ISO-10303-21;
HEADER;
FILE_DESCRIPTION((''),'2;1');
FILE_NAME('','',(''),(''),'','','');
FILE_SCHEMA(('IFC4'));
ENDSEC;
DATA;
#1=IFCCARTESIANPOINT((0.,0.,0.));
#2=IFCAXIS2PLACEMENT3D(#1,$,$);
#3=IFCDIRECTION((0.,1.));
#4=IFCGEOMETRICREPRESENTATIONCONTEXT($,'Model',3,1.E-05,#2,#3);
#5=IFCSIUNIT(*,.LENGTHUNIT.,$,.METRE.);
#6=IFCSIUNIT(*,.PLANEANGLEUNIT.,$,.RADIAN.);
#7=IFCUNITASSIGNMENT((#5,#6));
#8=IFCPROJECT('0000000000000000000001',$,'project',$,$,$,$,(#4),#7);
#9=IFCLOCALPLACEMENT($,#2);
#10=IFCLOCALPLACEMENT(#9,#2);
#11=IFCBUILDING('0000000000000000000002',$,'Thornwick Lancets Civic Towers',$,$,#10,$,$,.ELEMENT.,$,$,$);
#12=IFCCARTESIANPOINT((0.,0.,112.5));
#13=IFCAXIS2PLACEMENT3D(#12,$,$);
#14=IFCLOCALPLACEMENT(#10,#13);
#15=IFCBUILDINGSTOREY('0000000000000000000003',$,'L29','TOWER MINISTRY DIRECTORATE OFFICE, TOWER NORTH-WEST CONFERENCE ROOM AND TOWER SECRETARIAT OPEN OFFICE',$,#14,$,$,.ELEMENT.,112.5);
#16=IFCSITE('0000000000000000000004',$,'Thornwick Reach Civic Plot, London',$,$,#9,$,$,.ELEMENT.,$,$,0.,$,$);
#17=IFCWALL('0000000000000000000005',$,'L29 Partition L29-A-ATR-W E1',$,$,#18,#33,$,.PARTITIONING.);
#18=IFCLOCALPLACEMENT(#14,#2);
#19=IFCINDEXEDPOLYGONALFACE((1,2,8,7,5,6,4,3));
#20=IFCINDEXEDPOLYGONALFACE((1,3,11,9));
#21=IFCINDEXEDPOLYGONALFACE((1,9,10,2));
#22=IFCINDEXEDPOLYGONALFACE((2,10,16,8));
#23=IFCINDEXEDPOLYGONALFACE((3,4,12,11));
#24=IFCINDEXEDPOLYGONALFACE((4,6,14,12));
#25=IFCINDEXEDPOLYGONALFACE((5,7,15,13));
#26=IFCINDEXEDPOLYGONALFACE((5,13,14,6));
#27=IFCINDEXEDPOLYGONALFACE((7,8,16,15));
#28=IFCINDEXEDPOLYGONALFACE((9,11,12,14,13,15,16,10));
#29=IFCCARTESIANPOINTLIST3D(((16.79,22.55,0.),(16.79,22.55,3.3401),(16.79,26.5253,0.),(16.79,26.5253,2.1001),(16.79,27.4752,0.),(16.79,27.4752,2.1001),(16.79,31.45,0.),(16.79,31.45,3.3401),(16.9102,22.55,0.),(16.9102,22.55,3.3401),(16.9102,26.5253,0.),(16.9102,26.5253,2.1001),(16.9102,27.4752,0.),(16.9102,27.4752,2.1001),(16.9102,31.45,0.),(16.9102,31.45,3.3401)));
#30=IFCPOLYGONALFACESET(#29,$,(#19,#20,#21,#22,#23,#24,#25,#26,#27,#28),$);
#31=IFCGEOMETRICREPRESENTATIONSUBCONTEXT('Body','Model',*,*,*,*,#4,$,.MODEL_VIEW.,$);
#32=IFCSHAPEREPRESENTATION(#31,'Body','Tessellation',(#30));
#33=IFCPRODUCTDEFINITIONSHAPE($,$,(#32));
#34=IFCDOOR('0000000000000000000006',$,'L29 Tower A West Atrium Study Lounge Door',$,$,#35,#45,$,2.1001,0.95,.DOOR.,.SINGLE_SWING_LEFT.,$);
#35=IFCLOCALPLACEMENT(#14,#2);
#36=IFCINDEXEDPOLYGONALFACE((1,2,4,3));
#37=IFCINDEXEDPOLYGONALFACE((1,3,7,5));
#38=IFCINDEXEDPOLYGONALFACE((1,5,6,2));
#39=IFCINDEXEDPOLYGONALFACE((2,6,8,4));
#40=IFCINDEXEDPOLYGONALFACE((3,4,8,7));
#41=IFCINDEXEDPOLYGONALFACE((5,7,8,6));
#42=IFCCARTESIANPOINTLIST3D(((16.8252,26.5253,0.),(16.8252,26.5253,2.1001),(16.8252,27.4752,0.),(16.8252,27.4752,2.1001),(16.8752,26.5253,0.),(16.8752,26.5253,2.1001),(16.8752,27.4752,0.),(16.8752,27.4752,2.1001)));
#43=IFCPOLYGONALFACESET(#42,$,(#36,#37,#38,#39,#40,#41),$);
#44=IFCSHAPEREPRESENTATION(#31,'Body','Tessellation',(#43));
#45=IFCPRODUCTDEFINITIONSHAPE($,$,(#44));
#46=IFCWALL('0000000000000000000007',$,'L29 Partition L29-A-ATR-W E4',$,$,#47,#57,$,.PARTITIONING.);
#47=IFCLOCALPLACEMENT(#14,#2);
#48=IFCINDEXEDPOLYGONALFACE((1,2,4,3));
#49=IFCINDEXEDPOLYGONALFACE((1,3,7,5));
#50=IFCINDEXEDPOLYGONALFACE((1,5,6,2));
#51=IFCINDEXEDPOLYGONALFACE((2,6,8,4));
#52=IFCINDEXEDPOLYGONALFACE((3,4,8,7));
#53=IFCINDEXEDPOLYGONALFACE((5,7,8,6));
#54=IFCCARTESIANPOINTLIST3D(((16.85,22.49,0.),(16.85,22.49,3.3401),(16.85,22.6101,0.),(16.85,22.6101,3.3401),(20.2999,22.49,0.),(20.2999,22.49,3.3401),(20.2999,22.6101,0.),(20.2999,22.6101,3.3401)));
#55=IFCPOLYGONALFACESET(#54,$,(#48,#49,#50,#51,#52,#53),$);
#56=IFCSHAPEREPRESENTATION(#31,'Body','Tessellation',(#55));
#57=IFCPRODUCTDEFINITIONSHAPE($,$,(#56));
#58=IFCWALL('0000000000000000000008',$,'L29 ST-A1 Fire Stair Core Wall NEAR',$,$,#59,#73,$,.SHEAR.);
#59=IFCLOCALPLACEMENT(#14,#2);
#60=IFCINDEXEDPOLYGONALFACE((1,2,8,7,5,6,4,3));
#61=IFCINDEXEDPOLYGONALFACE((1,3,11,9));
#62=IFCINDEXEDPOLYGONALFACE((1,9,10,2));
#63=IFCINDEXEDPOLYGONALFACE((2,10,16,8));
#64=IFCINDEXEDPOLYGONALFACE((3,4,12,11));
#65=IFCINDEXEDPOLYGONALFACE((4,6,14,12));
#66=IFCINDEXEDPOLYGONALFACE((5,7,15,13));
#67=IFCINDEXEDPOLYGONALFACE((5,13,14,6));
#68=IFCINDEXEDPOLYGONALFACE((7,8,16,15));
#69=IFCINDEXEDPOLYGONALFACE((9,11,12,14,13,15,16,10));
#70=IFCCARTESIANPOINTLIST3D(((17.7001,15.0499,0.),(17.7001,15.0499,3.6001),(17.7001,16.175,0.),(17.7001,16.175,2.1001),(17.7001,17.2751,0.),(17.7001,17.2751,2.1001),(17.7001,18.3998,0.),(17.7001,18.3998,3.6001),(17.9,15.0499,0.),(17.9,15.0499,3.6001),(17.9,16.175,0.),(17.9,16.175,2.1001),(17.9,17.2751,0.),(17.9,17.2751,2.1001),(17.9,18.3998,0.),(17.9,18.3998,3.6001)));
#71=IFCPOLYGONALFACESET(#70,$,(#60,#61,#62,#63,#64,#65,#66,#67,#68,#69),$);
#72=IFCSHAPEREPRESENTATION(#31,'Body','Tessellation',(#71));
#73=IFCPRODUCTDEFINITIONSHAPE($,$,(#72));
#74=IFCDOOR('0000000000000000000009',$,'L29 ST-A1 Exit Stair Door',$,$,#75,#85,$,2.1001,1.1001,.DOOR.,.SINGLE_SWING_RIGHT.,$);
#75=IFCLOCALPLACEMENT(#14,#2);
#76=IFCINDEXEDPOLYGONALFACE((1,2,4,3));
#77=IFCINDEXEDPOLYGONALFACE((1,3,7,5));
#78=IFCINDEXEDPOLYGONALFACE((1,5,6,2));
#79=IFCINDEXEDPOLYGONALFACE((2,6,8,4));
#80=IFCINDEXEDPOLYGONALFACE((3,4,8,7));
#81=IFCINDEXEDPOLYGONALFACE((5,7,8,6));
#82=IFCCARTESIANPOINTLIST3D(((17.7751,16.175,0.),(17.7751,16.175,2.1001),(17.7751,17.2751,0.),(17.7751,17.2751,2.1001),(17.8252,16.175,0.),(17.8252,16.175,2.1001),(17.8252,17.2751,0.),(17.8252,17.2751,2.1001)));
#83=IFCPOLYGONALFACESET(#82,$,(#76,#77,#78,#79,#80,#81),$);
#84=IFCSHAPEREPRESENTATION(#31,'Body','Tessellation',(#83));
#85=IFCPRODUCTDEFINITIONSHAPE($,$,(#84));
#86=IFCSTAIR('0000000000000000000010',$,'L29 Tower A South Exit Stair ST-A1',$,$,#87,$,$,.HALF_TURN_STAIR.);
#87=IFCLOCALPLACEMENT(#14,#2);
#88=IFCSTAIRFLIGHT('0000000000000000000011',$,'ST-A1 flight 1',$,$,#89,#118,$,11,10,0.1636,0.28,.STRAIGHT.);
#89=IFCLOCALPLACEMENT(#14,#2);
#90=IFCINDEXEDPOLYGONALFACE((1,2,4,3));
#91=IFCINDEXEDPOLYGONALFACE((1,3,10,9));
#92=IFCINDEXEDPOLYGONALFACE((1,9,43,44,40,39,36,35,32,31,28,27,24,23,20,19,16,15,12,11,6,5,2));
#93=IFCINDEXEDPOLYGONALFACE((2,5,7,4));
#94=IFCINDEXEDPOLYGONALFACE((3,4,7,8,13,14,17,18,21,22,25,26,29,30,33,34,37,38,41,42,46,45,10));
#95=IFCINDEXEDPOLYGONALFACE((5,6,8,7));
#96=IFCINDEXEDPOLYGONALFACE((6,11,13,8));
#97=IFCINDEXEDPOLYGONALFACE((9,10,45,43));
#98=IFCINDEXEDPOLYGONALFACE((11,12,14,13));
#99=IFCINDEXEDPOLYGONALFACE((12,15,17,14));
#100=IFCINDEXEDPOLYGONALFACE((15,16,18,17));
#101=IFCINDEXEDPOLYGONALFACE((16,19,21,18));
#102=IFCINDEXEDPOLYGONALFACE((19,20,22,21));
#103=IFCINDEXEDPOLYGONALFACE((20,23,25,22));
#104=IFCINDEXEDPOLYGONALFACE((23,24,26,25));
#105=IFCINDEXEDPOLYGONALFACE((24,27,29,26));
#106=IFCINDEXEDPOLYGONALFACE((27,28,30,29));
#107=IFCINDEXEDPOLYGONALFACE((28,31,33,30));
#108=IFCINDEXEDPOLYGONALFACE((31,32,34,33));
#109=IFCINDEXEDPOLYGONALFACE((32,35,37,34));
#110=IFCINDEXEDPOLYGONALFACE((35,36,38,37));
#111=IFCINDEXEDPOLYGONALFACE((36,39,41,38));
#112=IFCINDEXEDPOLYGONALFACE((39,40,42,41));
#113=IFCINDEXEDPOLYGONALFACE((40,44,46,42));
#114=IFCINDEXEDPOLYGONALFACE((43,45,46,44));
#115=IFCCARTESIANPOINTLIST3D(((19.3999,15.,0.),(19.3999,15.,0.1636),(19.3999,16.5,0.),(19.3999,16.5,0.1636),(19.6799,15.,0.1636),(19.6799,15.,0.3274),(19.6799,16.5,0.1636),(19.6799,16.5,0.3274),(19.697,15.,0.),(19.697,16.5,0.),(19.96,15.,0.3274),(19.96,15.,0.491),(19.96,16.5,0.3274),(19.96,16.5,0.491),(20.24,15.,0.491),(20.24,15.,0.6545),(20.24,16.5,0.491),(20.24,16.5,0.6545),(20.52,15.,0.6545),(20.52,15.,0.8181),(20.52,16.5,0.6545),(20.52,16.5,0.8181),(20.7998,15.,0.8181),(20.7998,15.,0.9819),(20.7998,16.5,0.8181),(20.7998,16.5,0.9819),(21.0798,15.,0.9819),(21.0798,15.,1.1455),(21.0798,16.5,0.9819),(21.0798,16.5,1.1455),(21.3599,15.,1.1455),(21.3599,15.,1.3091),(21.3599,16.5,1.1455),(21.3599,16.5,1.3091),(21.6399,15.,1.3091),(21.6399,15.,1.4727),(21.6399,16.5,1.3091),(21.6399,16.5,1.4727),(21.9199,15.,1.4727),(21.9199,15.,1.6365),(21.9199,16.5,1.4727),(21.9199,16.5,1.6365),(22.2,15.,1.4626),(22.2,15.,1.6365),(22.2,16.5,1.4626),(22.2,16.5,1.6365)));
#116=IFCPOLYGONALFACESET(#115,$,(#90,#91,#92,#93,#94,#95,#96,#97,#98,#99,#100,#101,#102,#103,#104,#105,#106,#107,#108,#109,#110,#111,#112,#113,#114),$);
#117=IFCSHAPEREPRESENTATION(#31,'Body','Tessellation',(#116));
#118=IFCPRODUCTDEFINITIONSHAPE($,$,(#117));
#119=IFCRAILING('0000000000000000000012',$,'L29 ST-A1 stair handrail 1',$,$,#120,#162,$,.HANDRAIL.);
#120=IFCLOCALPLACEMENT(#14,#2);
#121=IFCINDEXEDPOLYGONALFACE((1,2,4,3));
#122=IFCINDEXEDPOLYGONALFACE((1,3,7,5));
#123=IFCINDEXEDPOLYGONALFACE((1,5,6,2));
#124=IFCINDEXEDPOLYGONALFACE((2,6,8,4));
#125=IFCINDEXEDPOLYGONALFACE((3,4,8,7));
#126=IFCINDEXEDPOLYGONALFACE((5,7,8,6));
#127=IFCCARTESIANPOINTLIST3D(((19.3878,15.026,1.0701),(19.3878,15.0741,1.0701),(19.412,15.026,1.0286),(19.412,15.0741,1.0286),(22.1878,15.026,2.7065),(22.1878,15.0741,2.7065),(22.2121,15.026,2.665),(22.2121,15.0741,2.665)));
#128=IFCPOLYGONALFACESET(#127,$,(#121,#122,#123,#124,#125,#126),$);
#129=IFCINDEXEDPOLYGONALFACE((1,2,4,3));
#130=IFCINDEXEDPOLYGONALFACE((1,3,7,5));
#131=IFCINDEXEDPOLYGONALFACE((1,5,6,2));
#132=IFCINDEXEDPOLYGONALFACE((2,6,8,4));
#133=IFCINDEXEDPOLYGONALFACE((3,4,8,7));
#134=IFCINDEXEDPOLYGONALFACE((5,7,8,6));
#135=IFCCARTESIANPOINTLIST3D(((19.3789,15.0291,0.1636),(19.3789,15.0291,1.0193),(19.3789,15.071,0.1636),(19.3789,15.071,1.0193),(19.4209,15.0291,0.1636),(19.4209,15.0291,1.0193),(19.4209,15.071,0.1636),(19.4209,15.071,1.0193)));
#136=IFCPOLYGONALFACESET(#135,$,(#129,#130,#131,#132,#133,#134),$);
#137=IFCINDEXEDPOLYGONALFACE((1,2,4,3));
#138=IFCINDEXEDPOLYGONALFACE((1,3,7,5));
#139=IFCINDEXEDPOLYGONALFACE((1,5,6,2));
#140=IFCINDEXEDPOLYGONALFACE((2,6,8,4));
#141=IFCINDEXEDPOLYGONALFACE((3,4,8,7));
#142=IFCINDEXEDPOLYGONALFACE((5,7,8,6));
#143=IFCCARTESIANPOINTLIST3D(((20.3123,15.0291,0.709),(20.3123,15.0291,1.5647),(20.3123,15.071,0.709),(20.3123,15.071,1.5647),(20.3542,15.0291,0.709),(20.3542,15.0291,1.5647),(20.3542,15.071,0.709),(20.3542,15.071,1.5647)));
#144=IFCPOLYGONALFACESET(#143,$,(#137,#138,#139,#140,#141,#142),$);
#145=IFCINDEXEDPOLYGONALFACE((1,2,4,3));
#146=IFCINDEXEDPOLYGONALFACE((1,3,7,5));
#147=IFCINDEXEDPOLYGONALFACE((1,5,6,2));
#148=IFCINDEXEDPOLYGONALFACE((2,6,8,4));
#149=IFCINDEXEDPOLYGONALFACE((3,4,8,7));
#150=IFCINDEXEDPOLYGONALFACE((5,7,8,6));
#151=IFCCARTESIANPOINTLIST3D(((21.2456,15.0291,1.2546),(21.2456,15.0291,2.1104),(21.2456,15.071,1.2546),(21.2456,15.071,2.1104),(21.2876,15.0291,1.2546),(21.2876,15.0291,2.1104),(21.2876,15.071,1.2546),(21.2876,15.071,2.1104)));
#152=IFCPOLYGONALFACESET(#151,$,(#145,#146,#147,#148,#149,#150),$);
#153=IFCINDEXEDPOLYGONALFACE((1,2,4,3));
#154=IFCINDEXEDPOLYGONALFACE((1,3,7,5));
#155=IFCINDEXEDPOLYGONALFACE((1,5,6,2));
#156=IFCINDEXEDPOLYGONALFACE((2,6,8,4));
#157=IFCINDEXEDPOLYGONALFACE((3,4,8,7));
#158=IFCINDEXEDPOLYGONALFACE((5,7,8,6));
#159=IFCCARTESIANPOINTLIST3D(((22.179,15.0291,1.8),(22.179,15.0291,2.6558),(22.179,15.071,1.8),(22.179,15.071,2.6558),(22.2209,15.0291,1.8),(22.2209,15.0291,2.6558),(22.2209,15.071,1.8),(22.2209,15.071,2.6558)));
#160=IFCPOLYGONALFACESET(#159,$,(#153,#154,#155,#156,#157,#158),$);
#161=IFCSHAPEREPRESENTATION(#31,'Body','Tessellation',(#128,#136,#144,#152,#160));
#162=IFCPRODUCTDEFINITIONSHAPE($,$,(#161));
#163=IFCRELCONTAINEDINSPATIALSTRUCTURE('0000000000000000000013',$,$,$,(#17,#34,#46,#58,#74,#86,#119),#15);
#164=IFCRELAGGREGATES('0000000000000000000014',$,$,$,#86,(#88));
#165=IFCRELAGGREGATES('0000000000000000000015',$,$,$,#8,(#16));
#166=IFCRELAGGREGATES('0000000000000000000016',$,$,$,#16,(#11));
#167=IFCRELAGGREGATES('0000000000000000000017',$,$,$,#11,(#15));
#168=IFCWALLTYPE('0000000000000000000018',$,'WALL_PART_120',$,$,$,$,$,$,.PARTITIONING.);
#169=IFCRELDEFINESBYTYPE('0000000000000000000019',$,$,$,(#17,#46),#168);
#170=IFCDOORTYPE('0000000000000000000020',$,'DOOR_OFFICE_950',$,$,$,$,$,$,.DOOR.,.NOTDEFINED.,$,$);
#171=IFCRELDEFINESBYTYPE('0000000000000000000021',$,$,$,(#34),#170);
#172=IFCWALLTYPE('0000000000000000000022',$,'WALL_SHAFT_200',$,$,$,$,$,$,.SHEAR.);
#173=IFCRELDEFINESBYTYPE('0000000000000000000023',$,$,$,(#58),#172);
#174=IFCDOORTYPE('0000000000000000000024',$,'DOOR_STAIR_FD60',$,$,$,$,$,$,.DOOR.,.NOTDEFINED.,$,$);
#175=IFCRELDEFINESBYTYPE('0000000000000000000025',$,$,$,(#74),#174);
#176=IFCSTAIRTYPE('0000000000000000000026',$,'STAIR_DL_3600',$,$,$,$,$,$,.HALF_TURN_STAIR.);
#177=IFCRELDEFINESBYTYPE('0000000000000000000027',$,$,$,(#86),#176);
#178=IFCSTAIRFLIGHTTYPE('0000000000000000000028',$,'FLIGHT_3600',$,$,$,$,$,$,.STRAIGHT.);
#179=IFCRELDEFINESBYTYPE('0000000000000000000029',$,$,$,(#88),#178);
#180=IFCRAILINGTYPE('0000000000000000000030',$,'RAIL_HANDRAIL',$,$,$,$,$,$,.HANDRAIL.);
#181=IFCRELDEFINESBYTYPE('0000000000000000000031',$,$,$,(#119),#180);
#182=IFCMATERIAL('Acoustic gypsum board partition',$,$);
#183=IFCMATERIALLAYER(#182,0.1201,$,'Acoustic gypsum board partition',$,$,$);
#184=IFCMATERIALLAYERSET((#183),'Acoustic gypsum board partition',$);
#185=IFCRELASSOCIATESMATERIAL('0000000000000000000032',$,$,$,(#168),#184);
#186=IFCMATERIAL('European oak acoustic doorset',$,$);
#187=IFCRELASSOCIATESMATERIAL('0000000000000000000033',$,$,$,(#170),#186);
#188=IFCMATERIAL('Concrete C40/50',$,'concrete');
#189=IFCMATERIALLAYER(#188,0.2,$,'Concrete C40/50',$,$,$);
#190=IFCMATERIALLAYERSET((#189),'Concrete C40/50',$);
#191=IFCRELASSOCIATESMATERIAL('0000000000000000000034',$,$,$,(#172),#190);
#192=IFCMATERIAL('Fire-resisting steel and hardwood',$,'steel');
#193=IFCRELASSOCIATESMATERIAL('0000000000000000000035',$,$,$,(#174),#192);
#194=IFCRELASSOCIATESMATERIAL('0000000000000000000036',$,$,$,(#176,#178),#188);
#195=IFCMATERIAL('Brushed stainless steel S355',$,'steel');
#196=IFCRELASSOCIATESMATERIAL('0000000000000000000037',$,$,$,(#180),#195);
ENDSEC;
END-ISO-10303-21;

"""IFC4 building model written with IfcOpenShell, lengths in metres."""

from ifc_helpers import new_model, si_unit, direction, frame, frame_2d, origin, origin_2d, place, context, subcontext, project, spatial, polyline, rectangle, outline, extrude, material, layer, layer_set, type_object, element, fill, aggregate, save


model = new_model("IFC4")

# Units and contexts
model_context = context("Model", 3, precision=1e-05, world=origin(), true_north=direction((0.0, 1.0)))
body_context = subcontext(model_context, "Body", "Model", "MODEL_VIEW")
ifc_project = project(units=[si_unit("LENGTHUNIT", "METRE"), si_unit("PLANEANGLEUNIT", "RADIAN")], contexts=[model_context])

# Site, building, storey
site_placement = place(None, origin())
site = spatial("IfcSite", under=ifc_project, at=site_placement, Name="Thornwick Reach Civic Plot, London", CompositionType="ELEMENT", RefElevation=0.0)
building_placement = place(site_placement, origin())
building = spatial("IfcBuilding", under=site, at=building_placement, Name="Thornwick Lancets Civic Towers", CompositionType="ELEMENT")
storey_placement = place(building_placement, frame((0.0, 0.0, 112.5)))
storey = spatial("IfcBuildingStorey", under=building, at=storey_placement, Name="L29", Description="TOWER MINISTRY DIRECTORATE OFFICE, TOWER NORTH-WEST CONFERENCE ROOM AND TOWER SECRETARIAT OPEN OFFICE", CompositionType="ELEMENT", Elevation=112.5)

# Shared definitions
ifc_material_1 = material(Name="Acoustic gypsum board partition")
ifc_layer_1 = layer(ifc_material_1, 0.1201, Name="Acoustic gypsum board partition")
ifc_layer_set_1 = layer_set([ifc_layer_1], Name="Acoustic gypsum board partition")
wall_type_1 = type_object("IfcWallType", Name="WALL_PART_120", PredefinedType="PARTITIONING", material=ifc_layer_set_1)

# Wall, opening, door
wall_1_placement = place(storey_placement, frame((16.8501, 22.55, 0.0), z_axis=(0.0, 0.0, 1.0), x_axis=(0.0, 1.0, 0.0)))
wall_1 = element("IfcWall", 1, at=wall_1_placement, inside=storey, type_object=wall_type_1, Name="L29 Partition L29-A-ATR-W E1", PredefinedType="PARTITIONING", context=body_context, shape_type="SweptSolid", body=[
    extrude(rectangle(XDim=8.8999, YDim=0.1201, at=frame_2d((4.45, 0.0))), origin(), (0.0, 0.0, 1.0), 3.3401),
])
opening_1_placement = place(wall_1_placement, frame((3.9751, 0.0, 0.0)))
opening_1 = element("IfcOpeningElement", 2, at=opening_1_placement, cuts=wall_1, PredefinedType="OPENING", context=body_context, shape_type="SweptSolid", body=[
    extrude(rectangle(XDim=0.95, YDim=2.1001, at=frame_2d((0.4751, 1.05))), frame((0.0, 0.0701, 0.0), z_axis=(0.0, -1.0, 0.0), x_axis=(1.0, 0.0, 0.0)), (0.0, 0.0, 1.0), 0.1401),
])
ifc_material_2 = material(Name="European oak acoustic doorset")
door_type_1 = type_object("IfcDoorType", Name="DOOR_OFFICE_950", OperationType="NOTDEFINED", PredefinedType="DOOR", material=ifc_material_2)
door_1_placement = place(opening_1_placement, origin())
door_1 = element("IfcDoor", 3, at=door_1_placement, inside=storey, type_object=door_type_1, Name="L29 Tower A West Atrium Study Lounge Door", OperationType="SINGLE_SWING_LEFT", OverallHeight=2.1001, OverallWidth=0.95, PredefinedType="DOOR", context=body_context, shape_type="SweptSolid", body=[
    extrude(rectangle(XDim=0.95, YDim=2.1001, at=frame_2d((0.4751, 1.05))), frame((0.0, 0.0249, 0.0), z_axis=(0.0, -1.0, 0.0), x_axis=(1.0, 0.0, 0.0)), (0.0, 0.0, 1.0), 0.05),
])
fill(opening_1, door_1)

# Wall
wall_2_placement = place(storey_placement, frame((20.3, 22.55, 0.0), z_axis=(0.0, 0.0, 1.0), x_axis=(-1.0, 0.0, 0.0)))
element("IfcWall", 4, at=wall_2_placement, inside=storey, type_object=wall_type_1, Name="L29 Partition L29-A-ATR-W E4", PredefinedType="PARTITIONING", context=body_context, shape_type="SweptSolid", body=[
    extrude(rectangle(XDim=3.45, YDim=0.1201, at=frame_2d((1.7251, 0.0))), origin(), (0.0, 0.0, 1.0), 3.3401),
])

# Wall, opening, door
ifc_material_3 = material(Name="Concrete C40/50", Category="concrete")
ifc_layer_2 = layer(ifc_material_3, 0.2, Name="Concrete C40/50")
ifc_layer_set_2 = layer_set([ifc_layer_2], Name="Concrete C40/50")
wall_type_2 = type_object("IfcWallType", Name="WALL_SHAFT_200", PredefinedType="SHEAR", material=ifc_layer_set_2)
wall_3_placement = place(storey_placement, frame((17.8, 15.05, 0.0), z_axis=(0.0, 0.0, 1.0), x_axis=(0.0, 1.0, 0.0)))
wall_3 = element("IfcWall", 5, at=wall_3_placement, inside=storey, type_object=wall_type_2, Name="L29 ST-A1 Fire Stair Core Wall NEAR", PredefinedType="SHEAR", context=body_context, shape_type="SweptSolid", body=[
    extrude(rectangle(XDim=3.3499, YDim=0.2, at=frame_2d((1.6748, 0.0))), origin(), (0.0, 0.0, 1.0), 3.6001),
])
opening_2_placement = place(wall_3_placement, frame((1.125, 0.0, 0.0)))
opening_2 = element("IfcOpeningElement", 6, at=opening_2_placement, cuts=wall_3, PredefinedType="OPENING", context=body_context, shape_type="SweptSolid", body=[
    extrude(rectangle(XDim=1.1001, YDim=2.1001, at=frame_2d((0.55, 1.05))), frame((0.0, 0.1099, 0.0), z_axis=(0.0, -1.0, 0.0), x_axis=(1.0, 0.0, 0.0)), (0.0, 0.0, 1.0), 0.22),
])
ifc_material_4 = material(Name="Fire-resisting steel and hardwood", Category="steel")
door_type_2 = type_object("IfcDoorType", Name="DOOR_STAIR_FD60", OperationType="NOTDEFINED", PredefinedType="DOOR", material=ifc_material_4)
door_2_placement = place(opening_2_placement, origin())
door_2 = element("IfcDoor", 7, at=door_2_placement, inside=storey, type_object=door_type_2, Name="L29 ST-A1 Exit Stair Door", OperationType="SINGLE_SWING_RIGHT", OverallHeight=2.1001, OverallWidth=1.1001, PredefinedType="DOOR", context=body_context, shape_type="SweptSolid", body=[
    extrude(rectangle(XDim=1.1001, YDim=2.1001, at=frame_2d((0.55, 1.05))), frame((0.0, 0.0249, 0.0), z_axis=(0.0, -1.0, 0.0), x_axis=(1.0, 0.0, 0.0)), (0.0, 0.0, 1.0), 0.05),
])
fill(opening_2, door_2)

# Stair, stair flight
stair_type = type_object("IfcStairType", Name="STAIR_DL_3600", PredefinedType="HALF_TURN_STAIR", material=ifc_material_3)
stair_placement = place(storey_placement, origin())
stair = element("IfcStair", 8, at=stair_placement, inside=storey, type_object=stair_type, Name="L29 Tower A South Exit Stair ST-A1", PredefinedType="HALF_TURN_STAIR")
stair_flight_type = type_object("IfcStairFlightType", Name="FLIGHT_3600", PredefinedType="STRAIGHT", material=ifc_material_3)
stair_flight_placement = place(storey_placement, frame((19.3999, 15.75, 0.0), z_axis=(0.0, 0.0, 1.0), x_axis=(1.0, 0.0, 0.0)))
stair_flight = element("IfcStairFlight", 9, at=stair_flight_placement, type_object=stair_flight_type, Name="ST-A1 flight 1", NumberOfRisers=11, NumberOfTreads=10, PredefinedType="STRAIGHT", RiserHeight=0.1636, TreadLength=0.28, context=body_context, shape_type="SweptSolid", body=[
    extrude(outline(polyline([(0.0, 0.0), (0.0, 0.1636), (0.28, 0.1636), (0.28, 0.3274), (0.5601, 0.3274), (0.5601, 0.491), (0.8401, 0.491), (0.8401, 0.6545), (1.1201, 0.6545), (1.1201, 0.8181), (1.3999, 0.8181), (1.3999, 0.9819), (1.6799, 0.9819), (1.6799, 1.1455), (1.96, 1.1455), (1.96, 1.3091), (2.24, 1.3091), (2.24, 1.4727), (2.52, 1.4727), (2.52, 1.6365), (2.8, 1.6365), (2.8, 1.8), (2.8, 1.4626), (0.2971, 0.0), (0.0, 0.0)])), frame((0.0, 0.75, 0.0), z_axis=(0.0, -1.0, 0.0), x_axis=(1.0, 0.0, 0.0)), (0.0, 0.0, 1.0), 1.5),
])
aggregate(stair, [stair_flight])

# Railing
ifc_material_5 = material(Name="Brushed stainless steel S355", Category="steel")
railing_type_1 = type_object("IfcRailingType", Name="RAIL_HANDRAIL", PredefinedType="HANDRAIL", material=ifc_material_5)
railing_1_placement = place(storey_placement, frame((19.3999, 15.05, 0.1636)))
element("IfcRailing", 10, at=railing_1_placement, inside=storey, type_object=railing_type_1, Name="L29 ST-A1 stair handrail 1", PredefinedType="HANDRAIL", context=body_context, shape_type="SweptSolid", body=[
    extrude(rectangle(XDim=0.0481, YDim=0.0481, at=origin_2d()), frame((0.0, 0.0, 0.8857), z_axis=(0.863361, 0.0, 0.504587), x_axis=(0.0, 1.0, 0.0)), (0.0, 0.0, 1.0), 3.2432),
    extrude(rectangle(XDim=0.042, YDim=0.042, at=origin_2d()), origin(), (0.0, 0.0, 1.0), 0.8557),
    extrude(rectangle(XDim=0.042, YDim=0.042, at=origin_2d()), frame((0.9333, 0.0, 0.5454)), (0.0, 0.0, 1.0), 0.8557),
    extrude(rectangle(XDim=0.042, YDim=0.042, at=origin_2d()), frame((1.8667, 0.0, 1.0911)), (0.0, 0.0, 1.0), 0.8557),
    extrude(rectangle(XDim=0.042, YDim=0.042, at=origin_2d()), frame((2.8, 0.0, 1.6365)), (0.0, 0.0, 1.0), 0.8557),
])

save(model, "model.ifc")
